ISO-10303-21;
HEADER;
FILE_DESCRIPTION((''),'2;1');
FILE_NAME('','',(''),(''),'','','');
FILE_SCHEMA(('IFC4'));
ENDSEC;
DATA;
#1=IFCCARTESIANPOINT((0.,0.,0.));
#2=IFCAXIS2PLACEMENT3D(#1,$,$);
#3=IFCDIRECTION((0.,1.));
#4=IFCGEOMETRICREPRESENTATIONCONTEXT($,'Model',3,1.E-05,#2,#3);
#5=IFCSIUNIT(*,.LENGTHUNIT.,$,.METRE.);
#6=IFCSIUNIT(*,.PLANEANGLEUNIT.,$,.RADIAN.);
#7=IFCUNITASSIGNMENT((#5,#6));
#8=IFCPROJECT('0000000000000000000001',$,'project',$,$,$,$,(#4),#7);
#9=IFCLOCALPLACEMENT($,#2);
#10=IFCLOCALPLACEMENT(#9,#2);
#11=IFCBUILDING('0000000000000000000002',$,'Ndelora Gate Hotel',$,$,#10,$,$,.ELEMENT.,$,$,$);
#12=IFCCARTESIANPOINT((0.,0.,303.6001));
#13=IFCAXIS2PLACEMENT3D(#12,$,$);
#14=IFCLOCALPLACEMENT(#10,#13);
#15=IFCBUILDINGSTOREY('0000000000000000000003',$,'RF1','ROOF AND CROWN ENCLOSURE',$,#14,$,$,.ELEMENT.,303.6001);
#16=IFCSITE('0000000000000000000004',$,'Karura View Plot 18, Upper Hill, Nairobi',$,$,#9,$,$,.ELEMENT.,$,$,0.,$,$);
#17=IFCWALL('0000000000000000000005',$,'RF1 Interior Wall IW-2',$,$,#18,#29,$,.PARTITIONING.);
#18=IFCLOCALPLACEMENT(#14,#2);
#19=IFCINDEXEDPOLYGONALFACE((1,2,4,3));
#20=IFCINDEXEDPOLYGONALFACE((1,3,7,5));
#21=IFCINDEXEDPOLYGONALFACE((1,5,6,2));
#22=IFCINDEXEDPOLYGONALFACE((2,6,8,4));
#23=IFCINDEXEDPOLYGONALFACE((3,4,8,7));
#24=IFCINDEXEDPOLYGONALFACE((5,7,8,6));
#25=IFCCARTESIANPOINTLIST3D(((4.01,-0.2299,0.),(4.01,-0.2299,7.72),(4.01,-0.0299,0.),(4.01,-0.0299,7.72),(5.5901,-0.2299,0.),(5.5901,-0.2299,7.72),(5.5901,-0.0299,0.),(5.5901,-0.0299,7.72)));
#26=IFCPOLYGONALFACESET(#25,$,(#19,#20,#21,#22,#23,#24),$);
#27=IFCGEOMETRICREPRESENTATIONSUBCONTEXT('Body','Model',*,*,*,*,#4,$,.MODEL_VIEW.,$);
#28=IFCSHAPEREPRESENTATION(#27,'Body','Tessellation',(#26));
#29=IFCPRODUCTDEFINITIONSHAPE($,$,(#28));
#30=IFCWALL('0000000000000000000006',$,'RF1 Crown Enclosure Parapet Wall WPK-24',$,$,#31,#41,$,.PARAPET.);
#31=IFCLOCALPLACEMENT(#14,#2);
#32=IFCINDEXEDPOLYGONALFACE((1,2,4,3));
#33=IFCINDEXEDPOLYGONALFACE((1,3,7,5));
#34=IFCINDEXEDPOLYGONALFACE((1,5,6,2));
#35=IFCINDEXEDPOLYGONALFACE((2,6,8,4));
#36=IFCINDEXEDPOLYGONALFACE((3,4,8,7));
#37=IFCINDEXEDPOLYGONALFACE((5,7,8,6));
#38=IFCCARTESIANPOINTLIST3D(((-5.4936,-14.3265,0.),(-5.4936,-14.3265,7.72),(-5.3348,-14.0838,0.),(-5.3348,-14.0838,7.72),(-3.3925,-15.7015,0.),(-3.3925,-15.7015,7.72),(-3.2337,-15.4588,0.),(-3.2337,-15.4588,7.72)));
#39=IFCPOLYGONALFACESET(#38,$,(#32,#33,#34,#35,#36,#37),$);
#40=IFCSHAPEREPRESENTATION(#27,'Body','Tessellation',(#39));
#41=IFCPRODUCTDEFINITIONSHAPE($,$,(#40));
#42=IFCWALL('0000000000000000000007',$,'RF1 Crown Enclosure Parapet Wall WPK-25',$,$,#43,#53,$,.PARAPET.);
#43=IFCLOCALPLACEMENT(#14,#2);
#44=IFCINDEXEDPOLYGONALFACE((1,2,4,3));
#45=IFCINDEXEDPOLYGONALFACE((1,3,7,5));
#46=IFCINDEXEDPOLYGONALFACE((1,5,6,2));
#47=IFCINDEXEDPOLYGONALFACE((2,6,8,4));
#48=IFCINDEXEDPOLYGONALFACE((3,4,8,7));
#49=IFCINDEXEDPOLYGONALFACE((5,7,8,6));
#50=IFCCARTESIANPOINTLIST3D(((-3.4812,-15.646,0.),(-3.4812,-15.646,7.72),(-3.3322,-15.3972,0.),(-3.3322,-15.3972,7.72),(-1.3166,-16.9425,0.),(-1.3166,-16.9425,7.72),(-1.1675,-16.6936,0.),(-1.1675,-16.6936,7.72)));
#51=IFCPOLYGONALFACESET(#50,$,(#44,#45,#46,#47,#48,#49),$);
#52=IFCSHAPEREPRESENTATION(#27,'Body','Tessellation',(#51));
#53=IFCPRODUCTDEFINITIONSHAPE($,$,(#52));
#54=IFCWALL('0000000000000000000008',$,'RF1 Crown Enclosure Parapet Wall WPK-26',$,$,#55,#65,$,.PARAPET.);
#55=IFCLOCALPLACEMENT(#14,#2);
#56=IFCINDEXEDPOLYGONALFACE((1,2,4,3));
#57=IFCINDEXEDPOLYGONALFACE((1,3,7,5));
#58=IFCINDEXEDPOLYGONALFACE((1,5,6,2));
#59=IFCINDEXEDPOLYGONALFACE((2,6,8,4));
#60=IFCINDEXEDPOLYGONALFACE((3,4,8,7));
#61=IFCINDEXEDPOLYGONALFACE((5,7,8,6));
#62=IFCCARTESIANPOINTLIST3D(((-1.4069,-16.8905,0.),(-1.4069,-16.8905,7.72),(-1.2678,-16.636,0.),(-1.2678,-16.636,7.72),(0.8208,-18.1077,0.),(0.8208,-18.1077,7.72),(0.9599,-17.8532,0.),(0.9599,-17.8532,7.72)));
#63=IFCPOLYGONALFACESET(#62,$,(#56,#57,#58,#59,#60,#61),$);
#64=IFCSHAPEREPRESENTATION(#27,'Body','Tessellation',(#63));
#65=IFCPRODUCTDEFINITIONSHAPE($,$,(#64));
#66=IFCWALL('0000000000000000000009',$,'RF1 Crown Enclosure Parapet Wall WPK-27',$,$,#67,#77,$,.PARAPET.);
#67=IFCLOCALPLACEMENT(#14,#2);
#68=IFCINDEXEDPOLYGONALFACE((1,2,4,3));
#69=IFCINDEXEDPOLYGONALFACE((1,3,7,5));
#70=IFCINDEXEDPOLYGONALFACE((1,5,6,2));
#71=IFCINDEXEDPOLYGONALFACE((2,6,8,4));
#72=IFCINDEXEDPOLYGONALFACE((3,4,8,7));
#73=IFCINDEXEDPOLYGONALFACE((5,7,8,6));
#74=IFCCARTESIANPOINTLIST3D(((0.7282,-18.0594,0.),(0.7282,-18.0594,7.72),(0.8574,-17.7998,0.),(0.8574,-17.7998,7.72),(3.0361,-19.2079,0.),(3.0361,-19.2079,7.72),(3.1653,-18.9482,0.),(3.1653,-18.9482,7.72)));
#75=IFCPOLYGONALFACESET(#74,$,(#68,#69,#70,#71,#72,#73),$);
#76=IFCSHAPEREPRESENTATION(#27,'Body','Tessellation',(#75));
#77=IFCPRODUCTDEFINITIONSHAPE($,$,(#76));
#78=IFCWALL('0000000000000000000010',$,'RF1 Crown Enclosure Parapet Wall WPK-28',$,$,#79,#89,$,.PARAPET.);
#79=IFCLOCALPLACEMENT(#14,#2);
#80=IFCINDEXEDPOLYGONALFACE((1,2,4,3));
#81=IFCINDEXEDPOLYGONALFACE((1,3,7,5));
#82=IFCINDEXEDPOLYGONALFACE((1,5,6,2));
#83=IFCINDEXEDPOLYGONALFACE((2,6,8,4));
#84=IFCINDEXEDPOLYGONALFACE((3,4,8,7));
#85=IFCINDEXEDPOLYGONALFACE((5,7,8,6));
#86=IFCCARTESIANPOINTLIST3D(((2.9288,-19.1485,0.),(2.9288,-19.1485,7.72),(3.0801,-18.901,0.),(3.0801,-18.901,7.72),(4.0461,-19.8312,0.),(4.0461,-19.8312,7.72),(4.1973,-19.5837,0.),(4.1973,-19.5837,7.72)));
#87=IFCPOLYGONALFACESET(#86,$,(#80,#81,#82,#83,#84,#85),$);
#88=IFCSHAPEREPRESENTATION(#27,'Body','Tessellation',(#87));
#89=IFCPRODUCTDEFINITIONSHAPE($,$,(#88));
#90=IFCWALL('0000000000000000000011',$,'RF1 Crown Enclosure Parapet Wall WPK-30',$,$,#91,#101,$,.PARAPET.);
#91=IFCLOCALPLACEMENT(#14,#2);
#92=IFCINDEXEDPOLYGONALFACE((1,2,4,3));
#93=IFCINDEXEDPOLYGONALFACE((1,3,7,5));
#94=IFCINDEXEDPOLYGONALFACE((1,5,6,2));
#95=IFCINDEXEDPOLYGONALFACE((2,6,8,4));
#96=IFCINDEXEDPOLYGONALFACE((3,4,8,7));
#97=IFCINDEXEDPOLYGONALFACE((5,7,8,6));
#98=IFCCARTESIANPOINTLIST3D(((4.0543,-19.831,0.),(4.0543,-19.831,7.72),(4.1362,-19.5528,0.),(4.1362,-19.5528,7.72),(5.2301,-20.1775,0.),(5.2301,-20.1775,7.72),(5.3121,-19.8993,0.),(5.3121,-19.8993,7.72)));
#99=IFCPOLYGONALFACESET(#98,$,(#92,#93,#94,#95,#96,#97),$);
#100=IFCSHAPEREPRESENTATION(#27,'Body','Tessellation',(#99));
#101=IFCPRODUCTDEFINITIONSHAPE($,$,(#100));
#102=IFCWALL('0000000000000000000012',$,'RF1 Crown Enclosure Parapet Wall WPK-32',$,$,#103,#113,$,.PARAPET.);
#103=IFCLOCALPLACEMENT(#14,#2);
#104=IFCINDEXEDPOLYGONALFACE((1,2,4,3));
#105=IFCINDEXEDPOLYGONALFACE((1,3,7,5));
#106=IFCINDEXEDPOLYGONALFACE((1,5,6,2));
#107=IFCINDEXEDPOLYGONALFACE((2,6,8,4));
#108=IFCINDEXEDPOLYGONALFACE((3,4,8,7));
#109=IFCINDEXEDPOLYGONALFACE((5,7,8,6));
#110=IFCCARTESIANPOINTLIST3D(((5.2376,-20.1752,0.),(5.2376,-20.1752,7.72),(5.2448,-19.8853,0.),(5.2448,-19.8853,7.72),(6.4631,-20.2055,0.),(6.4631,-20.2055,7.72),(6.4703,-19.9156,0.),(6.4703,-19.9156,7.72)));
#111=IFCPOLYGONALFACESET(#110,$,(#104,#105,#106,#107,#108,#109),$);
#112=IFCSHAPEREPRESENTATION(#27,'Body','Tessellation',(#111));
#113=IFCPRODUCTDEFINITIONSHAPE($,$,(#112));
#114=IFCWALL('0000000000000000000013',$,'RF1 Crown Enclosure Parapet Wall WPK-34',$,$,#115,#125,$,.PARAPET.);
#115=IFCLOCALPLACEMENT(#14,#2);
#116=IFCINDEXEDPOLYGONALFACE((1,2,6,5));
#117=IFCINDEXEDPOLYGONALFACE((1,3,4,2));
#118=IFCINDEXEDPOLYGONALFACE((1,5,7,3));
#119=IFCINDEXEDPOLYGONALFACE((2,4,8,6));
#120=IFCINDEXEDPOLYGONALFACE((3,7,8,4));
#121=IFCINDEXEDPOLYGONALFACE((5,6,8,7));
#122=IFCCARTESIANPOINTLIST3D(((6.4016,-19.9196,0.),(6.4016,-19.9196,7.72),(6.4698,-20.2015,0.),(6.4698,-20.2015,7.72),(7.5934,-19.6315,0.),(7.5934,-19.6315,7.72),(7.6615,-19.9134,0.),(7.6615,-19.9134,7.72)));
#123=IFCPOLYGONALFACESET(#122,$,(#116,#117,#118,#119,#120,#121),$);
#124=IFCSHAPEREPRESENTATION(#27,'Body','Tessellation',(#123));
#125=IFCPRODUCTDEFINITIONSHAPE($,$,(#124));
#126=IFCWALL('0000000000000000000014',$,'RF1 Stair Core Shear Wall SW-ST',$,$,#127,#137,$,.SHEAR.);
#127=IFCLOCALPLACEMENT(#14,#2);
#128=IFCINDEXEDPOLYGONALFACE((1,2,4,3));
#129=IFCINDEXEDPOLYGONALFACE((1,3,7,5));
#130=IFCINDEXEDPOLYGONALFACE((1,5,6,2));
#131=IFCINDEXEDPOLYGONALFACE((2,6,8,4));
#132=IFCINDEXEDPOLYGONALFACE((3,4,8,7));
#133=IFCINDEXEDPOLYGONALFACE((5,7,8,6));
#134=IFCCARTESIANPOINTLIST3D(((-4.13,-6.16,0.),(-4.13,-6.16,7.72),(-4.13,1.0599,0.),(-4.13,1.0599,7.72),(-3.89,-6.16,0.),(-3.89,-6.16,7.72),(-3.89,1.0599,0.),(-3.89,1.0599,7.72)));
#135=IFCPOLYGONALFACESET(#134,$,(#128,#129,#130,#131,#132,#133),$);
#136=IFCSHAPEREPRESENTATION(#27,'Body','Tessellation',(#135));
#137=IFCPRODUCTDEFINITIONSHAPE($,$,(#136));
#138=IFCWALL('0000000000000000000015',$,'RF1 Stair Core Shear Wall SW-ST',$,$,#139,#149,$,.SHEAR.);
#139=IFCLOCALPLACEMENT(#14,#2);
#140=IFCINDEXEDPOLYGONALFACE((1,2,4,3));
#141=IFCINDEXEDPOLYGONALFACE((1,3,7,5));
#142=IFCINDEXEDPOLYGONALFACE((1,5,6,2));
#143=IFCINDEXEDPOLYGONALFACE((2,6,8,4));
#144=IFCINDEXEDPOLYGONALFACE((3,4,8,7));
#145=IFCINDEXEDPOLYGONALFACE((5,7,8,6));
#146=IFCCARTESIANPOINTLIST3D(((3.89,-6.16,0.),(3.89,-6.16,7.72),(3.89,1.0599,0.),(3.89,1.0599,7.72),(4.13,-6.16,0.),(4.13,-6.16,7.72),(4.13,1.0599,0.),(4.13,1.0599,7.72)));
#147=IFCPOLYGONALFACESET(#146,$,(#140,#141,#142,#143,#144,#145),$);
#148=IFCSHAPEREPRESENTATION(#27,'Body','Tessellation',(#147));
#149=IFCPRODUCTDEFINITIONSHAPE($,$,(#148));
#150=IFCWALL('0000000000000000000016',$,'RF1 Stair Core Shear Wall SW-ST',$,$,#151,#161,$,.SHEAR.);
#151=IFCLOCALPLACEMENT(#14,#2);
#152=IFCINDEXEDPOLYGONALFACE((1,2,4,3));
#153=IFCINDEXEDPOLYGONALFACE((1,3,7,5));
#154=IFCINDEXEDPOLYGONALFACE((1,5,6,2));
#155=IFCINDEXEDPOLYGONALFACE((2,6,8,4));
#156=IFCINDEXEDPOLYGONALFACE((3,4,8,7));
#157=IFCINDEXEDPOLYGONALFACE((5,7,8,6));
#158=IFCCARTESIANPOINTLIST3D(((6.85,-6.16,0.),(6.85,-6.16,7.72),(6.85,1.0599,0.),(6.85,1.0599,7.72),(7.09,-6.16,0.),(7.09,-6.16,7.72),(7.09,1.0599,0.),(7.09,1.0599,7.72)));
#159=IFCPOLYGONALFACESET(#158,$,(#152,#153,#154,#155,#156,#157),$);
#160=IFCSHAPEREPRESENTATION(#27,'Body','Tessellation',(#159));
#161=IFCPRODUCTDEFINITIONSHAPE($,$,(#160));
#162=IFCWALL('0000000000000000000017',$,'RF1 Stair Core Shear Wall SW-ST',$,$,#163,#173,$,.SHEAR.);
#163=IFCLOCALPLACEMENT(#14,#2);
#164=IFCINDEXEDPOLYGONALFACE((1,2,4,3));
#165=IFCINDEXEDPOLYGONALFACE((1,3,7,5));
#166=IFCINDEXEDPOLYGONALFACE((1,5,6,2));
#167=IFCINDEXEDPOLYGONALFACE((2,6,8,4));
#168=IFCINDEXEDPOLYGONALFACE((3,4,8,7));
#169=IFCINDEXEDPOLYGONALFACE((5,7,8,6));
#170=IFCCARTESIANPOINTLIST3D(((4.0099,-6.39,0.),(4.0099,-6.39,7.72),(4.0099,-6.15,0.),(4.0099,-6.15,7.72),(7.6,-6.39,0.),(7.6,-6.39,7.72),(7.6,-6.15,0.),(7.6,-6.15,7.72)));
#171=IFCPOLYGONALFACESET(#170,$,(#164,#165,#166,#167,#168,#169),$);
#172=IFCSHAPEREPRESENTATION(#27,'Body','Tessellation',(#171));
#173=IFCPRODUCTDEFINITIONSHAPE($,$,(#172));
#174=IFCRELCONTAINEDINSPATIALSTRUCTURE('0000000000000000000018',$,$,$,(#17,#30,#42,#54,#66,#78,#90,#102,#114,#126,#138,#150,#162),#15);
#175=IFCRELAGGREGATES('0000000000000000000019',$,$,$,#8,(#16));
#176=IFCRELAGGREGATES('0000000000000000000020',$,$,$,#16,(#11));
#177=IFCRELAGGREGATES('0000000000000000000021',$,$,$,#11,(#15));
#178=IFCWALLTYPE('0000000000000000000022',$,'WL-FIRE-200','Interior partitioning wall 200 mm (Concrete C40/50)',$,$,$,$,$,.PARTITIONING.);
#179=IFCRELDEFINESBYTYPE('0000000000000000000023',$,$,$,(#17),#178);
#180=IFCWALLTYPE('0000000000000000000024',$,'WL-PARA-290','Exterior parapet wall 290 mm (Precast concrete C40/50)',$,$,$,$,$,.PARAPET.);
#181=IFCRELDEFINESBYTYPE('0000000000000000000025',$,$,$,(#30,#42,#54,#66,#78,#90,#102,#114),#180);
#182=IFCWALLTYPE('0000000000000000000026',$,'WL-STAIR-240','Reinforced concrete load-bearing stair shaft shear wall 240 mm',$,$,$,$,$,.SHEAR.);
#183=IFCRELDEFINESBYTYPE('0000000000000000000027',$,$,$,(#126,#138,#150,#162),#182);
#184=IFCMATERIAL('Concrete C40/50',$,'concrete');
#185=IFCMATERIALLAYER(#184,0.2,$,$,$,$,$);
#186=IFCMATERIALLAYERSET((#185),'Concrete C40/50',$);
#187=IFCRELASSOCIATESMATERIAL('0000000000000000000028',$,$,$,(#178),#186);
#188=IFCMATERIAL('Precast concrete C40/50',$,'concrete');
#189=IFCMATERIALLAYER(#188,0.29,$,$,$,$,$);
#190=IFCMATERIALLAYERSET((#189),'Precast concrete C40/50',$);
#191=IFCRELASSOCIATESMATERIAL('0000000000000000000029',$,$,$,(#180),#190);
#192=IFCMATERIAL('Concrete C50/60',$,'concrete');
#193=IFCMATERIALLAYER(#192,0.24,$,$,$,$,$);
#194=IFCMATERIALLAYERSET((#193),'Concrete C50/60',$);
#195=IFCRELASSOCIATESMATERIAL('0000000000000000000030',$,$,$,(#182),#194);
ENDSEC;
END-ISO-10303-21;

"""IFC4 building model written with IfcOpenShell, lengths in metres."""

from ifc_helpers import new_model, si_unit, direction, frame, frame_2d, origin, place, context, subcontext, project, spatial, rectangle, extrude, material, layer, layer_set, type_object, element, save


model = new_model("IFC4")

# Units and contexts
model_context = context("Model", 3, precision=1e-05, world=origin(), true_north=direction((0.0, 1.0)))
body_context = subcontext(model_context, "Body", "Model", "MODEL_VIEW")
ifc_project = project(units=[si_unit("LENGTHUNIT", "METRE"), si_unit("PLANEANGLEUNIT", "RADIAN")], contexts=[model_context])

# Site, building, storey
site_placement = place(None, origin())
site = spatial("IfcSite", under=ifc_project, at=site_placement, Name="Karura View Plot 18, Upper Hill, Nairobi", CompositionType="ELEMENT", RefElevation=0.0)
building_placement = place(site_placement, origin())
building = spatial("IfcBuilding", under=site, at=building_placement, Name="Ndelora Gate Hotel", CompositionType="ELEMENT")
storey_placement = place(building_placement, frame((0.0, 0.0, 303.6001)))
storey = spatial("IfcBuildingStorey", under=building, at=storey_placement, Name="RF1", Description="ROOF AND CROWN ENCLOSURE", CompositionType="ELEMENT", Elevation=303.6001)

# Shared definitions
ifc_material_1 = material(Name="Concrete C50/60", Category="concrete")

# Shared definitions
ifc_material_2 = material(Name="Precast concrete C40/50", Category="concrete")

# Shared definitions
ifc_material_3 = material(Name="Concrete C40/50", Category="concrete")

# Walls
ifc_layer_1 = layer(ifc_material_3, 0.2)
ifc_layer_set_1 = layer_set([ifc_layer_1], Name="Concrete C40/50")
wall_type_1 = type_object("IfcWallType", Name="WL-FIRE-200", Description="Interior partitioning wall 200 mm (Concrete C40/50)", PredefinedType="PARTITIONING", material=ifc_layer_set_1)
wall_1_placement = place(storey_placement, frame((4.01, -0.1299, 0.0), z_axis=(0.0, 0.0, 1.0), x_axis=(1.0, 0.0, 0.0)))
element("IfcWall", 1, at=wall_1_placement, inside=storey, type_object=wall_type_1, Name="RF1 Interior Wall IW-2", PredefinedType="PARTITIONING", context=body_context, shape_type="SweptSolid", body=[
    extrude(rectangle(XDim=1.5801, YDim=0.2, at=frame_2d((0.79, 0.0))), origin(), (0.0, 0.0, 1.0), 7.72),
])
ifc_layer_2 = layer(ifc_material_2, 0.29)
ifc_layer_set_2 = layer_set([ifc_layer_2], Name="Precast concrete C40/50")
wall_type_2 = type_object("IfcWallType", Name="WL-PARA-290", Description="Exterior parapet wall 290 mm (Precast concrete C40/50)", PredefinedType="PARAPET", material=ifc_layer_set_2)
wall_2_placement = place(storey_placement, frame((-3.3132, -15.5801, 0.0), z_axis=(0.0, 0.0, 1.0), x_axis=(-0.836747, 0.54759, 0.0)))
element("IfcWall", 2, at=wall_2_placement, inside=storey, type_object=wall_type_2, Name="RF1 Crown Enclosure Parapet Wall WPK-24", PredefinedType="PARAPET", context=body_context, shape_type="SweptSolid", body=[
    extrude(rectangle(XDim=2.511, YDim=0.29, at=frame_2d((1.2554, 0.0))), origin(), (0.0, 0.0, 1.0), 7.72),
])
wall_3_placement = place(storey_placement, frame((-1.2419, -16.8181, 0.0), z_axis=(0.0, 0.0, 1.0), x_axis=(-0.857902, 0.513813, 0.0)))
element("IfcWall", 3, at=wall_3_placement, inside=storey, type_object=wall_type_2, Name="RF1 Crown Enclosure Parapet Wall WPK-25", PredefinedType="PARAPET", context=body_context, shape_type="SweptSolid", body=[
    extrude(rectangle(XDim=2.5232, YDim=0.29, at=frame_2d((1.2617, 0.0))), origin(), (0.0, 0.0, 1.0), 7.72),
])
wall_4_placement = place(storey_placement, frame((0.8904, -17.9805, 0.0), z_axis=(0.0, 0.0, 1.0), x_axis=(-0.877543, 0.479499, 0.0)))
element("IfcWall", 4, at=wall_4_placement, inside=storey, type_object=wall_type_2, Name="RF1 Crown Enclosure Parapet Wall WPK-26", PredefinedType="PARAPET", context=body_context, shape_type="SweptSolid", body=[
    extrude(rectangle(XDim=2.5386, YDim=0.29, at=frame_2d((1.2693, 0.0))), origin(), (0.0, 0.0, 1.0), 7.72),
])
wall_5_placement = place(storey_placement, frame((3.1008, -19.0781, 0.0), z_axis=(0.0, 0.0, 1.0), x_axis=(-0.895278, 0.445508, 0.0)))
element("IfcWall", 5, at=wall_5_placement, inside=storey, type_object=wall_type_2, Name="RF1 Crown Enclosure Parapet Wall WPK-27", PredefinedType="PARAPET", context=body_context, shape_type="SweptSolid", body=[
    extrude(rectangle(XDim=2.5779, YDim=0.29, at=frame_2d((1.2891, 0.0))), origin(), (0.0, 0.0, 1.0), 7.72),
])
wall_6_placement = place(storey_placement, frame((4.1218, -19.7075, 0.0), z_axis=(0.0, 0.0, 1.0), x_axis=(-0.853319, 0.52139, 0.0)))
element("IfcWall", 6, at=wall_6_placement, inside=storey, type_object=wall_type_2, Name="RF1 Crown Enclosure Parapet Wall WPK-28", PredefinedType="PARAPET", context=body_context, shape_type="SweptSolid", body=[
    extrude(rectangle(XDim=1.3093, YDim=0.29, at=frame_2d((0.6548, 0.0))), origin(), (0.0, 0.0, 1.0), 7.72),
])
for number, where, z_axis, x_axis, name in (
    (7, (5.271, -20.0383, 0.0), (0.0, 0.0, 1.0), (-0.959229, 0.28263, 0.0), "RF1 Crown Enclosure Parapet Wall WPK-30"),
    (8, (6.4666, -20.0605, 0.0), (0.0, 0.0, 1.0), (-0.999695, 0.024699, 0.0), "RF1 Crown Enclosure Parapet Wall WPK-32"),
):
    element("IfcWall", number, at=place(storey_placement, frame(where, z_axis=z_axis, x_axis=x_axis)), inside=storey, type_object=wall_type_2, Name=name, PredefinedType="PARAPET", context=body_context, shape_type="SweptSolid", body=[
        extrude(rectangle(XDim=1.2258, YDim=0.29, at=frame_2d((0.6128, 0.0))), origin(), (0.0, 0.0, 1.0), 7.72),
    ])
wall_7_placement = place(storey_placement, frame((7.6274, -19.7725, 0.0), z_axis=(0.0, 0.0, 1.0), x_axis=(-0.971999, -0.234984, 0.0)))
element("IfcWall", 9, at=wall_7_placement, inside=storey, type_object=wall_type_2, Name="RF1 Crown Enclosure Parapet Wall WPK-34", PredefinedType="PARAPET", context=body_context, shape_type="SweptSolid", body=[
    extrude(rectangle(XDim=1.2261, YDim=0.29, at=frame_2d((0.613, 0.0))), origin(), (0.0, 0.0, 1.0), 7.72),
])
ifc_layer_3 = layer(ifc_material_1, 0.24)
ifc_layer_set_3 = layer_set([ifc_layer_3], Name="Concrete C50/60")
wall_type_3 = type_object("IfcWallType", Name="WL-STAIR-240", Description="Reinforced concrete load-bearing stair shaft shear wall 240 mm", PredefinedType="SHEAR", material=ifc_layer_set_3)
for number, where, z_axis, x_axis, name in (
    (10, (-4.01, -6.1599, 0.0), (0.0, 0.0, 1.0), (0.0, 1.0, 0.0), "RF1 Stair Core Shear Wall SW-ST"),
    (11, (4.01, -6.1599, 0.0), (0.0, 0.0, 1.0), (0.0, 1.0, 0.0), "RF1 Stair Core Shear Wall SW-ST"),
    (12, (6.97, -6.1599, 0.0), (0.0, 0.0, 1.0), (0.0, 1.0, 0.0), "RF1 Stair Core Shear Wall SW-ST"),
):
    element("IfcWall", number, at=place(storey_placement, frame(where, z_axis=z_axis, x_axis=x_axis)), inside=storey, type_object=wall_type_3, Name=name, PredefinedType="SHEAR", context=body_context, shape_type="SweptSolid", body=[
        extrude(rectangle(XDim=7.22, YDim=0.24, at=frame_2d((3.6099, 0.0))), origin(), (0.0, 0.0, 1.0), 7.72),
    ])
wall_8_placement = place(storey_placement, frame((4.01, -6.27, 0.0), z_axis=(0.0, 0.0, 1.0), x_axis=(1.0, 0.0, 0.0)))
element("IfcWall", 13, at=wall_8_placement, inside=storey, type_object=wall_type_3, Name="RF1 Stair Core Shear Wall SW-ST", PredefinedType="SHEAR", context=body_context, shape_type="SweptSolid", body=[
    extrude(rectangle(XDim=3.5901, YDim=0.24, at=frame_2d((1.7949, 0.0))), origin(), (0.0, 0.0, 1.0), 7.72),
])

save(model, "model.ifc")
